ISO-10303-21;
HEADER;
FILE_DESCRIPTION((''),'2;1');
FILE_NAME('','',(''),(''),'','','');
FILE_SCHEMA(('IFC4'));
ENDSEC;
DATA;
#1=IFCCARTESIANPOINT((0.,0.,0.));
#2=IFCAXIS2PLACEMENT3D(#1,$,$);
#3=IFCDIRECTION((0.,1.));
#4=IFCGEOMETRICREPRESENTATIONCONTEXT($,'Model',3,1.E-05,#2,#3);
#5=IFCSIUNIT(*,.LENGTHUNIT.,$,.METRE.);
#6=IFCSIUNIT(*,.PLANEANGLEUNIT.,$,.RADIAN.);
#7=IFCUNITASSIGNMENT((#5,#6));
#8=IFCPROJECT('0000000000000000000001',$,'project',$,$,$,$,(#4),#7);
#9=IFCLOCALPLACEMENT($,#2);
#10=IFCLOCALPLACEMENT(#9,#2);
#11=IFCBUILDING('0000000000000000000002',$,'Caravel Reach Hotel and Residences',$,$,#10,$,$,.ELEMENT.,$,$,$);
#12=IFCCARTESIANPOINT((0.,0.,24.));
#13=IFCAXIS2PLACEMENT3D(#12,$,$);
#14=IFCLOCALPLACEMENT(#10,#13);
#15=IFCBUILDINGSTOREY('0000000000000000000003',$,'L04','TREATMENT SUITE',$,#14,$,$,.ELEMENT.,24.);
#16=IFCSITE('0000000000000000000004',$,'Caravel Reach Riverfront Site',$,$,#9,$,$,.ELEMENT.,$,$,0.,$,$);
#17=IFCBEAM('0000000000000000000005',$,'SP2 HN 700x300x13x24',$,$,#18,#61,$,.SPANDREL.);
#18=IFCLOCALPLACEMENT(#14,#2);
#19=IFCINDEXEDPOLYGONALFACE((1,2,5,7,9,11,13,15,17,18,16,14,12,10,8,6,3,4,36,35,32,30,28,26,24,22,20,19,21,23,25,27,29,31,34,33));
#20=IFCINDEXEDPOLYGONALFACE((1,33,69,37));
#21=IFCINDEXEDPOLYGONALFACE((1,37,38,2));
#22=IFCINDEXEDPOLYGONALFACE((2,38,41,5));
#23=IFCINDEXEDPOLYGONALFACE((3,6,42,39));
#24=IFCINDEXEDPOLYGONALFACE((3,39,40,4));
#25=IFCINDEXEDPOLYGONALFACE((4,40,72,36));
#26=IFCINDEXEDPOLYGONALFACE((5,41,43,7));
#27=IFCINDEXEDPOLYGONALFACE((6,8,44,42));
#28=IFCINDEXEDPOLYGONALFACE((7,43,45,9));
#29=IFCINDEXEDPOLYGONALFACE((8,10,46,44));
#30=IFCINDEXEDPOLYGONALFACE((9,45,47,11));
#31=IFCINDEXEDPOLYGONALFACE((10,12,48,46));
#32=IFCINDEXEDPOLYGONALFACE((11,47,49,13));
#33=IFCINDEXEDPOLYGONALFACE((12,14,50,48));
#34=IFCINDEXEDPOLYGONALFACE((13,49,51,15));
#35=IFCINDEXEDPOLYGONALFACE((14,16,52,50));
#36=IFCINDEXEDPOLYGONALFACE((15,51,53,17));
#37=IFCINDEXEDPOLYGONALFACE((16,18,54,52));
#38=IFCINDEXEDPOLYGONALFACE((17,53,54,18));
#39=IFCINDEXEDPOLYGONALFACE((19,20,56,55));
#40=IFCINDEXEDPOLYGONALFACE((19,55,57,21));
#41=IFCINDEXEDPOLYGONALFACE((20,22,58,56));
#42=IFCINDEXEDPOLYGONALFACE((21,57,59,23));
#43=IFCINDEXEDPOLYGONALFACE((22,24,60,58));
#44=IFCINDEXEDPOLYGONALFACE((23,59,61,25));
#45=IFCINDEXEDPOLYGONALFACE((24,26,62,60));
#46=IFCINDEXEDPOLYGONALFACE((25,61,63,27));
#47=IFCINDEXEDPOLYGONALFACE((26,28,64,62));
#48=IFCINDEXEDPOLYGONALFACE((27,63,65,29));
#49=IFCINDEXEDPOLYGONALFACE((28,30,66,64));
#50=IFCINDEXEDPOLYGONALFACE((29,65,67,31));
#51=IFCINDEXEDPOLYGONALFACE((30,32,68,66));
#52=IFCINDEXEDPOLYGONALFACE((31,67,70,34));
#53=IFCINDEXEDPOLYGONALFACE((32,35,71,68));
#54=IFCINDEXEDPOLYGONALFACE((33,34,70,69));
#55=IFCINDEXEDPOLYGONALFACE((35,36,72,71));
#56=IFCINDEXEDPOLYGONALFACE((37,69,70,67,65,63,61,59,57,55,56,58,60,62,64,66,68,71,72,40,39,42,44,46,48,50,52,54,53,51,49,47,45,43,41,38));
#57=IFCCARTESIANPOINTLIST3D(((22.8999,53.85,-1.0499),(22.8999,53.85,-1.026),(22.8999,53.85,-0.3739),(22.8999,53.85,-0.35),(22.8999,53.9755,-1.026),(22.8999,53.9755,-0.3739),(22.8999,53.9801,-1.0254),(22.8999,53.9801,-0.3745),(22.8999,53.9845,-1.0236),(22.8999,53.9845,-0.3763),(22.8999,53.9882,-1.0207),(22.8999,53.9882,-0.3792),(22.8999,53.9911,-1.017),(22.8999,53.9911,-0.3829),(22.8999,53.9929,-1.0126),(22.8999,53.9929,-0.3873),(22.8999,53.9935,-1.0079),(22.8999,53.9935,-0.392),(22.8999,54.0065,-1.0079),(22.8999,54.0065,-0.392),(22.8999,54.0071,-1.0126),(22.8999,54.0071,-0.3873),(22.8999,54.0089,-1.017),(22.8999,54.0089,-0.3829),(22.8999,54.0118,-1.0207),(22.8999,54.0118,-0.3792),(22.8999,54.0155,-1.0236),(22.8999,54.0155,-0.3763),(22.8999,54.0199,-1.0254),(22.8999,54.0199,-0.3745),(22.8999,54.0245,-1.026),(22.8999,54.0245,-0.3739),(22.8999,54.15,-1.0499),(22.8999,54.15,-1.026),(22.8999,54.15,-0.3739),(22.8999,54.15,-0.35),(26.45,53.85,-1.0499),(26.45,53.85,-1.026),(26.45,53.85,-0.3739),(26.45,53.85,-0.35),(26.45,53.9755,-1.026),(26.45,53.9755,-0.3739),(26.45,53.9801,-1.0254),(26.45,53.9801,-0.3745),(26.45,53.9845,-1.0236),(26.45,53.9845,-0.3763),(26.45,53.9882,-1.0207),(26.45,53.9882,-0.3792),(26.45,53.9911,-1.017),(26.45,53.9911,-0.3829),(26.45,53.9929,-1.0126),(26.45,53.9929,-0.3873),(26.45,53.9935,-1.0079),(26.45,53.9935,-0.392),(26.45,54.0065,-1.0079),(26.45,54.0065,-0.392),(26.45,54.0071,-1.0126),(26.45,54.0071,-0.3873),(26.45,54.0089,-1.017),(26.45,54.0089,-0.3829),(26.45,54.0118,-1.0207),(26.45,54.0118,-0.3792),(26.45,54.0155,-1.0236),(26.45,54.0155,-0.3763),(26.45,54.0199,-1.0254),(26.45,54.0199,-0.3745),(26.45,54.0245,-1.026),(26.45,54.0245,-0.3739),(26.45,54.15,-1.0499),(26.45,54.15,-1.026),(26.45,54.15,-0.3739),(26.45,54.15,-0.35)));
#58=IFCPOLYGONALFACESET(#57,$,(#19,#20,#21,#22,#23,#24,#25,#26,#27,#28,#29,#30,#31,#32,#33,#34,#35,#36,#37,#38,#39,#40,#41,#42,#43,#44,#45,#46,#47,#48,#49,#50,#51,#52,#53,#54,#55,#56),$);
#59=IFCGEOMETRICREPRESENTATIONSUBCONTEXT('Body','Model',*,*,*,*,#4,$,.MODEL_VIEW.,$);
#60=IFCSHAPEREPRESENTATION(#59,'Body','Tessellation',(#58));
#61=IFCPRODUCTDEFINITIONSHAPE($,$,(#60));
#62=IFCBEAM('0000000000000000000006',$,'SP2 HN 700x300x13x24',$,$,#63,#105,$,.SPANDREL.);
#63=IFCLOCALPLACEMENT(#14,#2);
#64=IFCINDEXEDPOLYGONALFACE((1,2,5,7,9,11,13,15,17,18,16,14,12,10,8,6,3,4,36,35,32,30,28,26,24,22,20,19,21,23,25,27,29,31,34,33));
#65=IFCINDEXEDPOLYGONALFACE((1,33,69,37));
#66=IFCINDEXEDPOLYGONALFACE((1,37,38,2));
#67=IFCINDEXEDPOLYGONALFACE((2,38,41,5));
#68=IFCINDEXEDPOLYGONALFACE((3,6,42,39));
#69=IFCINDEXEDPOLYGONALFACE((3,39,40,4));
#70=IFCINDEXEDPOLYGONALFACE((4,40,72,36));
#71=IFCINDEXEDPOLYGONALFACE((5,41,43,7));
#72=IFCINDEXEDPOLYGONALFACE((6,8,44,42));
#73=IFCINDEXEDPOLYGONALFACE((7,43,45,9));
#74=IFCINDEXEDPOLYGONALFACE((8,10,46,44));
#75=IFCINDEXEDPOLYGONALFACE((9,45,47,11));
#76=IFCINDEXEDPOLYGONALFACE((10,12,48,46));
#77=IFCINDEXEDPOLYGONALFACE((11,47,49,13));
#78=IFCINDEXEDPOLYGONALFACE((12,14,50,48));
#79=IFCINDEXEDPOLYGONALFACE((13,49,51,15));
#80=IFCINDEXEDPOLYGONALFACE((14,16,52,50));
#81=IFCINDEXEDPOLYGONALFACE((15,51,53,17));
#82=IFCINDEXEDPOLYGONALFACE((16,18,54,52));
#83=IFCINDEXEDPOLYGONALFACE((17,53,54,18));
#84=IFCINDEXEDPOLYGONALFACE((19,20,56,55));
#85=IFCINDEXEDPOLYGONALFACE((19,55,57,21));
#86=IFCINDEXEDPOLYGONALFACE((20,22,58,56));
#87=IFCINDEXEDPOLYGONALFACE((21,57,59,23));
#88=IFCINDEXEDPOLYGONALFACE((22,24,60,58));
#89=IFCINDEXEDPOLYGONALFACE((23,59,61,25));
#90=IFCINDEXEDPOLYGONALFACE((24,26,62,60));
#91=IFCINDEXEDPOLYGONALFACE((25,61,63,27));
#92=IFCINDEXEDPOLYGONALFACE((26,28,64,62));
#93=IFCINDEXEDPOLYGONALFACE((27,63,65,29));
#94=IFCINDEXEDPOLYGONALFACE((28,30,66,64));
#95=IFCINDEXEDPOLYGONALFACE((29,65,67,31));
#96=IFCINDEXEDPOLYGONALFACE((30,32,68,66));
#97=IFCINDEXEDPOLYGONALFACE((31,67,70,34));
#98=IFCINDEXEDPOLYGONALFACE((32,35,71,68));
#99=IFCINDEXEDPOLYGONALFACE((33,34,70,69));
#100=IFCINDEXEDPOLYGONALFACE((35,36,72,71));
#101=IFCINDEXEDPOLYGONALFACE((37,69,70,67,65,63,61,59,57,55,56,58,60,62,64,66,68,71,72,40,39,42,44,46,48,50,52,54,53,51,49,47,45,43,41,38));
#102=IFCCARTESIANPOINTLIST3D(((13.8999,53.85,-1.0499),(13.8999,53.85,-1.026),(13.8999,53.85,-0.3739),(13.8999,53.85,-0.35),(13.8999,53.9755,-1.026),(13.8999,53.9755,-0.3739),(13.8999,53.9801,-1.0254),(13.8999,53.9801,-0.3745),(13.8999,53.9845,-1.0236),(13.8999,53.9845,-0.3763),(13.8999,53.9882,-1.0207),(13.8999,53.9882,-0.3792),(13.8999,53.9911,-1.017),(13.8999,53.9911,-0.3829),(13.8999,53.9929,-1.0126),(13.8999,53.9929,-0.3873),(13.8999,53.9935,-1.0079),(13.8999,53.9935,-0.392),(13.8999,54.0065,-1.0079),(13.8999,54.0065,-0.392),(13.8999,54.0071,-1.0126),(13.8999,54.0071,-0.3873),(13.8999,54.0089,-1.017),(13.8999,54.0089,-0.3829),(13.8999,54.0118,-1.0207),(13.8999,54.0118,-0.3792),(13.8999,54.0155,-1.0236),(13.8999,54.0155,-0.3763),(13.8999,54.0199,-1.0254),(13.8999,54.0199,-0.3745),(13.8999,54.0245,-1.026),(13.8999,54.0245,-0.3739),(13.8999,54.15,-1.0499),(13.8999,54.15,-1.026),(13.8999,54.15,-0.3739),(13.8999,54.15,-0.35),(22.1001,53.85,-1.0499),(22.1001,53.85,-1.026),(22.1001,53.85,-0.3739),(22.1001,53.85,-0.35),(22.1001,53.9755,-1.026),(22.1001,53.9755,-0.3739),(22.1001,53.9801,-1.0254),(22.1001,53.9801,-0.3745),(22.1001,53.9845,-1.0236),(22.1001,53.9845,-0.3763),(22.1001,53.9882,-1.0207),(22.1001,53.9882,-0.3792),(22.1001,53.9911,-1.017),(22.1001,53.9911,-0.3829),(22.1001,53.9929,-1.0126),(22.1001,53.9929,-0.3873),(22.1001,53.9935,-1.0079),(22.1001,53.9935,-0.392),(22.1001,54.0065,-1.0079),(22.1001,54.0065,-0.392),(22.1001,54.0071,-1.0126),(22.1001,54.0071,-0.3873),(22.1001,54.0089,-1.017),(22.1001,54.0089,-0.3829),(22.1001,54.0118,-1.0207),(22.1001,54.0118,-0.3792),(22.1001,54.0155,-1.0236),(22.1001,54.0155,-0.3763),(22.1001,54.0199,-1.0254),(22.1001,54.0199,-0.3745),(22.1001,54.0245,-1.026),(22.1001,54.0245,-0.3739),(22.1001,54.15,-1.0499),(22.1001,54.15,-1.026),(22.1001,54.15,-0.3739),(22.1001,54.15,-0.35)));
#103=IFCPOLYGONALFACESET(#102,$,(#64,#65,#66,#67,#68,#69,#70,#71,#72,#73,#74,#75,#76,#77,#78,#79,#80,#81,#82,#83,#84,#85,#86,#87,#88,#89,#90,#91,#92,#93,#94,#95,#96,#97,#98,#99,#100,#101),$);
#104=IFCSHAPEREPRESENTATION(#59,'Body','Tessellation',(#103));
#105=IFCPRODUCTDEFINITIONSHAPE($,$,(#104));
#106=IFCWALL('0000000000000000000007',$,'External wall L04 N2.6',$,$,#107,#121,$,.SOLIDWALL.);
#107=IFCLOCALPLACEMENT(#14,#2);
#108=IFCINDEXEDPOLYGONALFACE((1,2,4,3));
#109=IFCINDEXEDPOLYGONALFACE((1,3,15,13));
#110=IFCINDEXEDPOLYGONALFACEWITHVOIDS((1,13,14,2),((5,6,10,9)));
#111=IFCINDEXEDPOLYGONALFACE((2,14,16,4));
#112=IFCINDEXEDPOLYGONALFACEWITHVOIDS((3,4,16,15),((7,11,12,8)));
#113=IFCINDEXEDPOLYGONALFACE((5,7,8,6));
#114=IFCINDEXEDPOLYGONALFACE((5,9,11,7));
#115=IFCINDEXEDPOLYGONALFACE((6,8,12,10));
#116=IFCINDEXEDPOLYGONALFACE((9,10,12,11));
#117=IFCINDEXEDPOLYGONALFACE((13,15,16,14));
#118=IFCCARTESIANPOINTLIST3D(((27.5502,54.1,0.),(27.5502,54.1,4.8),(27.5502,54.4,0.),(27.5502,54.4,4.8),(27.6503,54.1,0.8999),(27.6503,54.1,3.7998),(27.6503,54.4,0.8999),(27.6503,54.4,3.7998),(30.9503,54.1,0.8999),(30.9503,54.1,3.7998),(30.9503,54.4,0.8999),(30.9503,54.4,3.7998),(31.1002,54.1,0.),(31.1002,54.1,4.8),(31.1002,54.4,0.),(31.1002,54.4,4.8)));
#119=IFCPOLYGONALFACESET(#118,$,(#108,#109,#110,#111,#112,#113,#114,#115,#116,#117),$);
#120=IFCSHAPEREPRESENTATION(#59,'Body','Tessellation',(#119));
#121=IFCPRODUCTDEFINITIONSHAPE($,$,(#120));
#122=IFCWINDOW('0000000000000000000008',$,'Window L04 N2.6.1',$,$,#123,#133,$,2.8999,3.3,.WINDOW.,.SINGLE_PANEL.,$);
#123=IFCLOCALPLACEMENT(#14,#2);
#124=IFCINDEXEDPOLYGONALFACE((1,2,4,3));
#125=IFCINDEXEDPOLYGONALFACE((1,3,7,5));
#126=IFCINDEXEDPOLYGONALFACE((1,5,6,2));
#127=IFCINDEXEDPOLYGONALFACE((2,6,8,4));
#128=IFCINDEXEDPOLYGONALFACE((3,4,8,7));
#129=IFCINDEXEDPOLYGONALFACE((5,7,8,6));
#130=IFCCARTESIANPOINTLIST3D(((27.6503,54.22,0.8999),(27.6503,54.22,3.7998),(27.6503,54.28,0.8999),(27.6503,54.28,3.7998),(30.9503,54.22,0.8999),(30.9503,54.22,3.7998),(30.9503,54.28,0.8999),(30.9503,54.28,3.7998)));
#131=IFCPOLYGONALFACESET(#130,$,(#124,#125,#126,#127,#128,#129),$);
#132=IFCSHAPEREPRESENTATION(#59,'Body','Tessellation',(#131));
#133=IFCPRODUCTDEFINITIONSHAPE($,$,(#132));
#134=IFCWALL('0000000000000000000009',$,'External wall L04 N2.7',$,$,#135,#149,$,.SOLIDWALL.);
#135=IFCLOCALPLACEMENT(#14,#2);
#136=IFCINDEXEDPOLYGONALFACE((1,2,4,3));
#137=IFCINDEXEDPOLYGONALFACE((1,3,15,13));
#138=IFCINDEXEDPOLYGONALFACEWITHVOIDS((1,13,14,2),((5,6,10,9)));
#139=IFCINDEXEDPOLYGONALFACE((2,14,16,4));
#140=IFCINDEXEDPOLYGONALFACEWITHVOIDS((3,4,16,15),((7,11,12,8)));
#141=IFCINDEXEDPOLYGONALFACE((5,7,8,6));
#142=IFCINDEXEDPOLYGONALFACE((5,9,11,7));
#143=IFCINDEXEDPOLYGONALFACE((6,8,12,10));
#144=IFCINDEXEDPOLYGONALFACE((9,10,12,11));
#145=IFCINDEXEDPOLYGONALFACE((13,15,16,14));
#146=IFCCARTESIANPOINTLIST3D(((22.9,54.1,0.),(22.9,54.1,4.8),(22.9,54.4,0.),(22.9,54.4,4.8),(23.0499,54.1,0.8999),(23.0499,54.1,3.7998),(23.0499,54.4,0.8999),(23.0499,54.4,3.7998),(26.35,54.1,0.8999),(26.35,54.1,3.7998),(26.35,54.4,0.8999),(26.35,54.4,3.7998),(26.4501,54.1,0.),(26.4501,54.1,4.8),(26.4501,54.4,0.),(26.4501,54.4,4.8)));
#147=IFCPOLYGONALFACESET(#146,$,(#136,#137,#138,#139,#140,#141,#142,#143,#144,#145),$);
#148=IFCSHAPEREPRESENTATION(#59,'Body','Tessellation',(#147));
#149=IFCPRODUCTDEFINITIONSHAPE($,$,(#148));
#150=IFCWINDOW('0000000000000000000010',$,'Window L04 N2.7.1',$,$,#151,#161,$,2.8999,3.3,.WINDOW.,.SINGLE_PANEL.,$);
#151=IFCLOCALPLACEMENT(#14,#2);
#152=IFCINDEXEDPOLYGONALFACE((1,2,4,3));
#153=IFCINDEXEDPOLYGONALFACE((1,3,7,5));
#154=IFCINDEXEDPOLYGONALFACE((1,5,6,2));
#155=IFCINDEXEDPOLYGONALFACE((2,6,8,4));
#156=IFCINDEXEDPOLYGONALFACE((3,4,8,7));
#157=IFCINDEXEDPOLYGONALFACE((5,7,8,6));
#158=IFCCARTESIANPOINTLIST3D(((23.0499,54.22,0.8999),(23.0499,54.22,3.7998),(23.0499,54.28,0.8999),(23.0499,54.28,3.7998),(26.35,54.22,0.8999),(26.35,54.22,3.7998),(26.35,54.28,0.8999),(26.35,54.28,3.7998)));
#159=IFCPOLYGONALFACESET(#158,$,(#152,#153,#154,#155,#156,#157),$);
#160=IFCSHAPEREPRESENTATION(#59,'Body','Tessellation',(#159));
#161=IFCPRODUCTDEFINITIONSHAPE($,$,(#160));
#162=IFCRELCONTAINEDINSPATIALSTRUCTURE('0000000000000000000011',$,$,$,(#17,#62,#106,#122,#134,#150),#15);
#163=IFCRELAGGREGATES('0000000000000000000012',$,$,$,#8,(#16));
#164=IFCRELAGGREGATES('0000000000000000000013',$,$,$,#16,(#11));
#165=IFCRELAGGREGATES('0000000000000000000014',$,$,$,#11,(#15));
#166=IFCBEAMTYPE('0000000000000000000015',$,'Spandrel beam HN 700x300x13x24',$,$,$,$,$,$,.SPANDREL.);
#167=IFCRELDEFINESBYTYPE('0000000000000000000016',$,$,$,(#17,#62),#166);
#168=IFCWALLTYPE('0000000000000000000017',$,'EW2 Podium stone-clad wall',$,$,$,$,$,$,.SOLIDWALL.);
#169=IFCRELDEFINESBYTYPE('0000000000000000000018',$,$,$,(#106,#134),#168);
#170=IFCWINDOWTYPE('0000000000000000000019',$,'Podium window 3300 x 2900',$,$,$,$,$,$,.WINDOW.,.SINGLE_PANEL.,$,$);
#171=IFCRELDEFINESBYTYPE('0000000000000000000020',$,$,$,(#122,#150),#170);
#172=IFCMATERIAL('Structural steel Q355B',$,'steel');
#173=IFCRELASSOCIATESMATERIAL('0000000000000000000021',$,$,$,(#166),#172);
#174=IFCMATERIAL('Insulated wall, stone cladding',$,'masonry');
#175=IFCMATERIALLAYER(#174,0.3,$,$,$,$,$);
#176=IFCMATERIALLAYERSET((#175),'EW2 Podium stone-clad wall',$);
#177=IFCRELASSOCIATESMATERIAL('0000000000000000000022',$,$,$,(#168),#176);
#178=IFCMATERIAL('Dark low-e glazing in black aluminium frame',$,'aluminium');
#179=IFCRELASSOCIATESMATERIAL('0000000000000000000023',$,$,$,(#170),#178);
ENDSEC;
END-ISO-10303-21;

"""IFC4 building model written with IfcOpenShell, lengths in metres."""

from ifc_helpers import new_model, si_unit, direction, frame, frame_2d, origin, origin_2d, place, context, subcontext, project, spatial, rectangle, i_section, extrude, material, layer, layer_set, material_profile, profile_set, type_object, element, fill, save


model = new_model("IFC4")

# Units and contexts
model_context = context("Model", 3, precision=1e-05, world=origin(), true_north=direction((0.0, 1.0)))
body_context = subcontext(model_context, "Body", "Model", "MODEL_VIEW")
ifc_project = project(units=[si_unit("LENGTHUNIT", "METRE"), si_unit("PLANEANGLEUNIT", "RADIAN")], contexts=[model_context])

# Site, building, storey
site_placement = place(None, origin())
site = spatial("IfcSite", under=ifc_project, at=site_placement, Name="Caravel Reach Riverfront Site", CompositionType="ELEMENT", RefElevation=0.0)
building_placement = place(site_placement, origin())
building = spatial("IfcBuilding", under=site, at=building_placement, Name="Caravel Reach Hotel and Residences", CompositionType="ELEMENT")
storey_placement = place(building_placement, frame((0.0, 0.0, 24.0)))
storey = spatial("IfcBuildingStorey", under=building, at=storey_placement, Name="L04", Description="TREATMENT SUITE", CompositionType="ELEMENT", Elevation=24.0)

# Beams
ifc_material_1 = material(Name="Structural steel Q355B", Category="steel")
ifc_material_profile_1 = material_profile(ifc_material_1, i_section(OverallWidth=0.3, OverallDepth=0.7, WebThickness=0.0129, FlangeThickness=0.0239, FilletRadius=0.0181, at=origin_2d()), Name="HN 700x300x13x24")
ifc_profile_set_1 = profile_set([ifc_material_profile_1], Name="Structural steel Q355B")
beam_type = type_object("IfcBeamType", Name="Spandrel beam HN 700x300x13x24", PredefinedType="SPANDREL", material=ifc_profile_set_1)
for number, where, z_axis, x_axis, name in (
    (1, (26.45, 54.0, -0.7), (-1.0, 0.0, 0.0), (0.0, -1.0, 0.0), "SP2 HN 700x300x13x24"),
):
    element("IfcBeam", number, at=place(storey_placement, frame(where, z_axis=z_axis, x_axis=x_axis)), inside=storey, type_object=beam_type, Name=name, PredefinedType="SPANDREL", context=body_context, shape_type="SweptSolid", body=[
        extrude(i_section(OverallWidth=0.3, OverallDepth=0.7, WebThickness=0.0129, FlangeThickness=0.0239, FilletRadius=0.0181, at=origin_2d()), origin(), (0.0, 0.0, 1.0), 3.55),
    ])
beam_placement = place(storey_placement, frame((22.1001, 54.0, -0.7), z_axis=(-1.0, 0.0, 0.0), x_axis=(0.0, -1.0, 0.0)))
element("IfcBeam", 2, at=beam_placement, inside=storey, type_object=beam_type, Name="SP2 HN 700x300x13x24", PredefinedType="SPANDREL", context=body_context, shape_type="SweptSolid", body=[
    extrude(i_section(OverallWidth=0.3, OverallDepth=0.7, WebThickness=0.0129, FlangeThickness=0.0239, FilletRadius=0.0181, at=origin_2d()), origin(), (0.0, 0.0, 1.0), 8.2002),
])

# Walls, openings, windows
ifc_material_2 = material(Name="Insulated wall, stone cladding", Category="masonry")
ifc_layer = layer(ifc_material_2, 0.3)
ifc_layer_set = layer_set([ifc_layer], Name="EW2 Podium stone-clad wall")
wall_type = type_object("IfcWallType", Name="EW2 Podium stone-clad wall", PredefinedType="SOLIDWALL", material=ifc_layer_set)
wall_1_placement = place(storey_placement, frame((31.1001, 54.25, 0.0), z_axis=(0.0, 0.0, 1.0), x_axis=(-1.0, 0.0, 0.0)))
wall_1 = element("IfcWall", 3, at=wall_1_placement, inside=storey, type_object=wall_type, Name="External wall L04 N2.6", PredefinedType="SOLIDWALL", context=body_context, shape_type="SweptSolid", body=[
    extrude(rectangle(XDim=3.55, YDim=0.3, at=frame_2d((1.7749, 0.0))), origin(), (0.0, 0.0, 1.0), 4.8),
])
opening_1_placement = place(wall_1_placement, frame((0.1499, 0.0, 0.8999)))
opening_1 = element("IfcOpeningElement", 4, at=opening_1_placement, cuts=wall_1, PredefinedType="OPENING", context=body_context, shape_type="SweptSolid", body=[
    extrude(rectangle(XDim=3.3, YDim=2.8999, at=frame_2d((1.6499, 1.45))), frame((0.0, 0.1599, 0.0), z_axis=(0.0, -1.0, 0.0), x_axis=(1.0, 0.0, 0.0)), (0.0, 0.0, 1.0), 0.3201),
])
ifc_material_3 = material(Name="Dark low-e glazing in black aluminium frame", Category="aluminium")
window_type = type_object("IfcWindowType", Name="Podium window 3300 x 2900", PartitioningType="SINGLE_PANEL", PredefinedType="WINDOW", material=ifc_material_3)
window_1_placement = place(opening_1_placement, origin())
window_1 = element("IfcWindow", 5, at=window_1_placement, inside=storey, type_object=window_type, Name="Window L04 N2.6.1", OverallHeight=2.8999, OverallWidth=3.3, PartitioningType="SINGLE_PANEL", PredefinedType="WINDOW", context=body_context, shape_type="SweptSolid", body=[
    extrude(rectangle(XDim=3.3, YDim=2.8999, at=frame_2d((1.6499, 1.45))), frame((0.0, 0.03, 0.0), z_axis=(0.0, -1.0, 0.0), x_axis=(1.0, 0.0, 0.0)), (0.0, 0.0, 1.0), 0.0601),
])
fill(opening_1, window_1)
wall_2_placement = place(storey_placement, frame((26.45, 54.25, 0.0), z_axis=(0.0, 0.0, 1.0), x_axis=(-1.0, 0.0, 0.0)))
wall_2 = element("IfcWall", 6, at=wall_2_placement, inside=storey, type_object=wall_type, Name="External wall L04 N2.7", PredefinedType="SOLIDWALL", context=body_context, shape_type="SweptSolid", body=[
    extrude(rectangle(XDim=3.55, YDim=0.3, at=frame_2d((1.7749, 0.0))), origin(), (0.0, 0.0, 1.0), 4.8),
])
opening_2_placement = place(wall_2_placement, frame((0.1001, 0.0, 0.8999)))
opening_2 = element("IfcOpeningElement", 7, at=opening_2_placement, cuts=wall_2, PredefinedType="OPENING", context=body_context, shape_type="SweptSolid", body=[
    extrude(rectangle(XDim=3.3, YDim=2.8999, at=frame_2d((1.6499, 1.45))), frame((0.0, 0.1599, 0.0), z_axis=(0.0, -1.0, 0.0), x_axis=(1.0, 0.0, 0.0)), (0.0, 0.0, 1.0), 0.3201),
])
window_2_placement = place(opening_2_placement, origin())
window_2 = element("IfcWindow", 8, at=window_2_placement, inside=storey, type_object=window_type, Name="Window L04 N2.7.1", OverallHeight=2.8999, OverallWidth=3.3, PartitioningType="SINGLE_PANEL", PredefinedType="WINDOW", context=body_context, shape_type="SweptSolid", body=[
    extrude(rectangle(XDim=3.3, YDim=2.8999, at=frame_2d((1.6499, 1.45))), frame((0.0, 0.03, 0.0), z_axis=(0.0, -1.0, 0.0), x_axis=(1.0, 0.0, 0.0)), (0.0, 0.0, 1.0), 0.0601),
])
fill(opening_2, window_2)

save(model, "model.ifc")
